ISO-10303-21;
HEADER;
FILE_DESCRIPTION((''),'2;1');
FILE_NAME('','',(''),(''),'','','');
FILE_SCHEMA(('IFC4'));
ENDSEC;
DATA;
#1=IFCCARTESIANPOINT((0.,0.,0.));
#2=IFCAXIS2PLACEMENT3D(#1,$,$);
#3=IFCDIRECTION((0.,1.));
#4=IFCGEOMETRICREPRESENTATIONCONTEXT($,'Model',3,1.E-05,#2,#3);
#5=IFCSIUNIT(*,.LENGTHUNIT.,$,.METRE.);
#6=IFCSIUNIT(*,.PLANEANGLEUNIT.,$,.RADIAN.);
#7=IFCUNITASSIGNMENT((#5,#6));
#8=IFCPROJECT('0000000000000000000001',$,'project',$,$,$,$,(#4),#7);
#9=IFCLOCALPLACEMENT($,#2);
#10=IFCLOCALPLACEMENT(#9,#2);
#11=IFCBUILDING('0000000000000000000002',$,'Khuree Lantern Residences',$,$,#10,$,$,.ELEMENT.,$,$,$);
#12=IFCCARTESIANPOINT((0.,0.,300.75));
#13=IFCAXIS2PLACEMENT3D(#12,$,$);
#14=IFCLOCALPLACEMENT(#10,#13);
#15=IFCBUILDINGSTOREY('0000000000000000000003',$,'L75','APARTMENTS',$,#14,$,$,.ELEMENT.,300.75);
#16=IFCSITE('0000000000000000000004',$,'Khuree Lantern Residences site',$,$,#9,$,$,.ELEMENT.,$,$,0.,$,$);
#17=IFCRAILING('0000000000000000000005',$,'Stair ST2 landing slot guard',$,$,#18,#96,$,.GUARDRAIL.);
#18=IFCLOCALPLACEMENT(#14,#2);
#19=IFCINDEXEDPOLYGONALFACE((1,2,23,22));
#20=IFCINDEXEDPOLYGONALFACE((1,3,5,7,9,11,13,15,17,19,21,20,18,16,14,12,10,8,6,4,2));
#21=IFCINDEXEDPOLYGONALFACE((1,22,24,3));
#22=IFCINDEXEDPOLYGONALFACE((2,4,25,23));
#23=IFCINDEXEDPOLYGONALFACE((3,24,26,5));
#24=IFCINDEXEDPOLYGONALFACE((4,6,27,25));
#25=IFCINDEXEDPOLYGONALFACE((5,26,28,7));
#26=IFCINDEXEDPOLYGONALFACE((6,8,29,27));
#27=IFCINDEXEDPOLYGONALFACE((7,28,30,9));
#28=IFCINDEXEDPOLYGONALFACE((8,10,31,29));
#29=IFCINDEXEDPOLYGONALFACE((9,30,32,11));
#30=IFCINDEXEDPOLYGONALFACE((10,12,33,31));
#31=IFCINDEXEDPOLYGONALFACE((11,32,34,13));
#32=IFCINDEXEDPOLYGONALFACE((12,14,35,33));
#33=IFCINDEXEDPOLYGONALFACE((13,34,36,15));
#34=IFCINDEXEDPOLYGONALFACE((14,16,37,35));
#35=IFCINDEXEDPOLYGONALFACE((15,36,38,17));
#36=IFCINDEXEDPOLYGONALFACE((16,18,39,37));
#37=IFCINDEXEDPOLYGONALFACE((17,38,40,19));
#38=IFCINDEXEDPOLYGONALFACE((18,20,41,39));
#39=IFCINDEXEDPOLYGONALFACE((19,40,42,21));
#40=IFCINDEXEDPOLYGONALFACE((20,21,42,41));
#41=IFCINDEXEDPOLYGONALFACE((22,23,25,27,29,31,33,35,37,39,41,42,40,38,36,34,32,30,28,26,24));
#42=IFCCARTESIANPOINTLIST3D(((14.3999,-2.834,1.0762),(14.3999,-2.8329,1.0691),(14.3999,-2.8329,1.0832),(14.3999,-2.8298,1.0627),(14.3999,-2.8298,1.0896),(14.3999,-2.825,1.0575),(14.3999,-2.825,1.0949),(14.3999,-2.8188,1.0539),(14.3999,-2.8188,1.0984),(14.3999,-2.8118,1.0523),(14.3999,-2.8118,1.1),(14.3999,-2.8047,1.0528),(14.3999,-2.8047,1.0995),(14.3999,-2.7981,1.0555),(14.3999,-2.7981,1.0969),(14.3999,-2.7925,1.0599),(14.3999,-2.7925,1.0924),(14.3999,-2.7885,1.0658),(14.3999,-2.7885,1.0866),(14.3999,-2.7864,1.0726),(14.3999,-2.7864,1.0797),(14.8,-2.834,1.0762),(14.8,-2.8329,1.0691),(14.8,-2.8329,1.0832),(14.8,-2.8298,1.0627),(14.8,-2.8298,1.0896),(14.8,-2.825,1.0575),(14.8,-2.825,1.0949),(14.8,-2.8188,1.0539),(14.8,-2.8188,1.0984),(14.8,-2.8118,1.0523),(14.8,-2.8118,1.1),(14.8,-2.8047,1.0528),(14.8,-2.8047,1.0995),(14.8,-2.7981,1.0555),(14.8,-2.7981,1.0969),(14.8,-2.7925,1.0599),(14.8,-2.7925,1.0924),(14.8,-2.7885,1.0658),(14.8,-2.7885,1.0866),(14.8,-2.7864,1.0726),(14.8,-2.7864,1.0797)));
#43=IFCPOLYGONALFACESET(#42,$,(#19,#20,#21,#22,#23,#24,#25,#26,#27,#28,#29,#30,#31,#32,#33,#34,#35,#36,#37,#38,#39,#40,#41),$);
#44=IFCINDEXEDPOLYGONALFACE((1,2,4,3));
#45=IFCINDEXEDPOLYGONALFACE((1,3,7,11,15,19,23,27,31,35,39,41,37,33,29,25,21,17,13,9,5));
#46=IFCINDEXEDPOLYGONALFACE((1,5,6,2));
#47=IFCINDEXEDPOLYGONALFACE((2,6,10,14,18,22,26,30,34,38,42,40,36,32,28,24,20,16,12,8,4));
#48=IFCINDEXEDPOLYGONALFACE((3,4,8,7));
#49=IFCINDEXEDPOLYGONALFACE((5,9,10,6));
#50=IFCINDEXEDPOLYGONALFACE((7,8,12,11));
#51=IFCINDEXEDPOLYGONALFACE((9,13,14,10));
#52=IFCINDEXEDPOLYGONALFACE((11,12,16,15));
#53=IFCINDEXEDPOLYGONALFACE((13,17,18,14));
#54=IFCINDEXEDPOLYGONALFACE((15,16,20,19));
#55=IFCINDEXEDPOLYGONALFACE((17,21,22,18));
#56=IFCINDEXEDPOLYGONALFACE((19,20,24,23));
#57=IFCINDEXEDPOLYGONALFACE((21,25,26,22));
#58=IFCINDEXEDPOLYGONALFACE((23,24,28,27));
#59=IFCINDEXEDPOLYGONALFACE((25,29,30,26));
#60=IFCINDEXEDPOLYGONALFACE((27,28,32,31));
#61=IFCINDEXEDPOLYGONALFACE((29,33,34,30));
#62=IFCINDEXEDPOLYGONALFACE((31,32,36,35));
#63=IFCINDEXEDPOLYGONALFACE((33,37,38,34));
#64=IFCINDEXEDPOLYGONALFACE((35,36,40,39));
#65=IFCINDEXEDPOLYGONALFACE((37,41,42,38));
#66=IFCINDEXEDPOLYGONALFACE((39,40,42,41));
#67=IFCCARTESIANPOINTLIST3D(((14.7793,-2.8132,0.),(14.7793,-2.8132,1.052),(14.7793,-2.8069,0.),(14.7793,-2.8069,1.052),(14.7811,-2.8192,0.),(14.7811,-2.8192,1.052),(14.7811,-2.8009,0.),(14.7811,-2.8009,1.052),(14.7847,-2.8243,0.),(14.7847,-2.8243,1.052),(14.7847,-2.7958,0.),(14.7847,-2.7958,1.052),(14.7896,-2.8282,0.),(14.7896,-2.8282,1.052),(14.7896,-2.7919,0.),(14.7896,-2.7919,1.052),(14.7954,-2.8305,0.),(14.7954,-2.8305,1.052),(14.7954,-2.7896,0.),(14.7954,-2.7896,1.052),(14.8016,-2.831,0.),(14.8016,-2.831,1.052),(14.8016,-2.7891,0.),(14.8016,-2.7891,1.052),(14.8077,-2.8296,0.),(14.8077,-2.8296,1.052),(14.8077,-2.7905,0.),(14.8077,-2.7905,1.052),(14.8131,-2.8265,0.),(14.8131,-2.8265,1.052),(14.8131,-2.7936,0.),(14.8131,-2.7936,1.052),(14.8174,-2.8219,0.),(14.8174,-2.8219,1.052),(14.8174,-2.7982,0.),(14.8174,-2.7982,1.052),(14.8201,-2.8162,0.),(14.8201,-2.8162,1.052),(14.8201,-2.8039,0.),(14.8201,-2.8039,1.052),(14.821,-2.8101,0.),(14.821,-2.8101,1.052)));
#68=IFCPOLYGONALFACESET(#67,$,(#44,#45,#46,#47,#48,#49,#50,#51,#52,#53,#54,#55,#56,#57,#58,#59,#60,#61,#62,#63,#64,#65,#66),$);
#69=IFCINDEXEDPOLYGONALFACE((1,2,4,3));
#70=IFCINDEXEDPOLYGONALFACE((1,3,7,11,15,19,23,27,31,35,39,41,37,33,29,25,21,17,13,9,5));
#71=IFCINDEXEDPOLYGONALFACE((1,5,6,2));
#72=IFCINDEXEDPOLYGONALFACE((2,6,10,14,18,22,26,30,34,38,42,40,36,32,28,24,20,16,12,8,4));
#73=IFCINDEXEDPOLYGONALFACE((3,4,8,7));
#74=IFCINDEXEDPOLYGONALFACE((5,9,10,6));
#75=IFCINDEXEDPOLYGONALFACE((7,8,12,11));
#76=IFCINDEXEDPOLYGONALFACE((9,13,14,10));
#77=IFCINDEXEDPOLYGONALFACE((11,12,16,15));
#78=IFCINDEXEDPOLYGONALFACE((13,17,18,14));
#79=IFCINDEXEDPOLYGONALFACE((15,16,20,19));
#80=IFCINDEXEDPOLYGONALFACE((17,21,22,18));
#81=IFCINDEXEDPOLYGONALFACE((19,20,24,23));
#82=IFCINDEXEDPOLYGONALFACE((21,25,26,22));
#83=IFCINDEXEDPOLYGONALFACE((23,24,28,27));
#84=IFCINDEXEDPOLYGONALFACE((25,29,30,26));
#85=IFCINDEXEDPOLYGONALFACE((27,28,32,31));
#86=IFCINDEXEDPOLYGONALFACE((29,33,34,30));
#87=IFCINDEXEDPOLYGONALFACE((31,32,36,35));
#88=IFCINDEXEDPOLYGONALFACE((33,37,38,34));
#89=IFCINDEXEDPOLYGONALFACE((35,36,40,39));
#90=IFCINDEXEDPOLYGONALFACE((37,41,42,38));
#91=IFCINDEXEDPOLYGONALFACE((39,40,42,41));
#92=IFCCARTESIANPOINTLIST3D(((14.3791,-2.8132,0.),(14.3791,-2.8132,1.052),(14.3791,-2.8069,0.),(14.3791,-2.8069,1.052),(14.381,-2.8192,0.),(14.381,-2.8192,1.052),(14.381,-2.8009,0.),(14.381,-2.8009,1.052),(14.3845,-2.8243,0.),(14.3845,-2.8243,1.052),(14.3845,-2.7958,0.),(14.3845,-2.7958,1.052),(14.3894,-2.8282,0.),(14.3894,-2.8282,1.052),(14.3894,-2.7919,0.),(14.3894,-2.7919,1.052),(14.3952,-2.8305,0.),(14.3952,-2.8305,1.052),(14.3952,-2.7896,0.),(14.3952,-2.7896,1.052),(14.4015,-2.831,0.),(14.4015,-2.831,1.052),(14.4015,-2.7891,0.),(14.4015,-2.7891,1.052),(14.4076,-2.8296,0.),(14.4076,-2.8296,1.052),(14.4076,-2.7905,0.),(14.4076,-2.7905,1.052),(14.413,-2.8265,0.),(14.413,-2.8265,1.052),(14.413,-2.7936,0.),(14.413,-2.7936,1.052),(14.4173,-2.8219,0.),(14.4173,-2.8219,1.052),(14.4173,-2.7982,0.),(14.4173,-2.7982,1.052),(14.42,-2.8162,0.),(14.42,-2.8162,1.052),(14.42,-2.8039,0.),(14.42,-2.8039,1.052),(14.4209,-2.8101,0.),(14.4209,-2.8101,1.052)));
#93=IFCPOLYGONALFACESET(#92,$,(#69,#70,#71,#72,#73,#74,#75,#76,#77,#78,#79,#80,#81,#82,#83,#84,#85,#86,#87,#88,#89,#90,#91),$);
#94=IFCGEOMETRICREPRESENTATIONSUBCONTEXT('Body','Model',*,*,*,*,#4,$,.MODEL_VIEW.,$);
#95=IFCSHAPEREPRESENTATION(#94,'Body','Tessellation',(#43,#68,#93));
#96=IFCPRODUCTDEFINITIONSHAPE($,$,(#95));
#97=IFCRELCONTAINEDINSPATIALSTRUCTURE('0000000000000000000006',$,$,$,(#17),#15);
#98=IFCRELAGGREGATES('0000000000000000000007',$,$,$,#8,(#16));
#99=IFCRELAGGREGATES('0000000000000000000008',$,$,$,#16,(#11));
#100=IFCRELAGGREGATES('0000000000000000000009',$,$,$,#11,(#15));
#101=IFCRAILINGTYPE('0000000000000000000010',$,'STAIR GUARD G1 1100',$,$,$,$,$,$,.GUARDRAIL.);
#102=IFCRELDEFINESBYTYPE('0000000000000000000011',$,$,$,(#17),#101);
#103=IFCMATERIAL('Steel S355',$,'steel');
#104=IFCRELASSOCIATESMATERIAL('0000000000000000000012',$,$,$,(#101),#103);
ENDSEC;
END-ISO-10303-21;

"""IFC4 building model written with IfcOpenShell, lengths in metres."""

from ifc_helpers import new_model, si_unit, direction, frame, origin, origin_2d, place, context, subcontext, project, spatial, circle, extrude, material, type_object, element, save


model = new_model("IFC4")

# Units and contexts
model_context = context("Model", 3, precision=1e-05, world=origin(), true_north=direction((0.0, 1.0)))
body_context = subcontext(model_context, "Body", "Model", "MODEL_VIEW")
ifc_project = project(units=[si_unit("LENGTHUNIT", "METRE"), si_unit("PLANEANGLEUNIT", "RADIAN")], contexts=[model_context])

# Site, building, storey
site_placement = place(None, origin())
site = spatial("IfcSite", under=ifc_project, at=site_placement, Name="Khuree Lantern Residences site", CompositionType="ELEMENT", RefElevation=0.0)
building_placement = place(site_placement, origin())
building = spatial("IfcBuilding", under=site, at=building_placement, Name="Khuree Lantern Residences", CompositionType="ELEMENT")
storey_placement = place(building_placement, frame((0.0, 0.0, 300.75)))
storey = spatial("IfcBuildingStorey", under=building, at=storey_placement, Name="L75", Description="APARTMENTS", CompositionType="ELEMENT", Elevation=300.75)

# Railing
ifc_material_1 = material(Name="Steel S355", Category="steel")
railing_type_1 = type_object("IfcRailingType", Name="STAIR GUARD G1 1100", PredefinedType="GUARDRAIL", material=ifc_material_1)
railing_1_placement = place(storey_placement, frame((14.8, -2.8101, 0.0)))
element("IfcRailing", 1, at=railing_1_placement, inside=storey, type_object=railing_type_1, Name="Stair ST2 landing slot guard", PredefinedType="GUARDRAIL", context=body_context, shape_type="SweptSolid", body=[
    extrude(circle(Radius=0.0239, at=origin_2d()), frame((0.0, 0.0, 1.0762), z_axis=(-1.0, 0.0, 0.0), x_axis=(0.0, -1.0, 0.0)), (0.0, 0.0, 1.0), 0.4001),
    extrude(circle(Radius=0.021, at=origin_2d()), origin(), (0.0, 0.0, 1.0), 1.052),
    extrude(circle(Radius=0.021, at=origin_2d()), frame((-0.4001, 0.0, 0.0)), (0.0, 0.0, 1.0), 1.052),
])

save(model, "model.ifc")
